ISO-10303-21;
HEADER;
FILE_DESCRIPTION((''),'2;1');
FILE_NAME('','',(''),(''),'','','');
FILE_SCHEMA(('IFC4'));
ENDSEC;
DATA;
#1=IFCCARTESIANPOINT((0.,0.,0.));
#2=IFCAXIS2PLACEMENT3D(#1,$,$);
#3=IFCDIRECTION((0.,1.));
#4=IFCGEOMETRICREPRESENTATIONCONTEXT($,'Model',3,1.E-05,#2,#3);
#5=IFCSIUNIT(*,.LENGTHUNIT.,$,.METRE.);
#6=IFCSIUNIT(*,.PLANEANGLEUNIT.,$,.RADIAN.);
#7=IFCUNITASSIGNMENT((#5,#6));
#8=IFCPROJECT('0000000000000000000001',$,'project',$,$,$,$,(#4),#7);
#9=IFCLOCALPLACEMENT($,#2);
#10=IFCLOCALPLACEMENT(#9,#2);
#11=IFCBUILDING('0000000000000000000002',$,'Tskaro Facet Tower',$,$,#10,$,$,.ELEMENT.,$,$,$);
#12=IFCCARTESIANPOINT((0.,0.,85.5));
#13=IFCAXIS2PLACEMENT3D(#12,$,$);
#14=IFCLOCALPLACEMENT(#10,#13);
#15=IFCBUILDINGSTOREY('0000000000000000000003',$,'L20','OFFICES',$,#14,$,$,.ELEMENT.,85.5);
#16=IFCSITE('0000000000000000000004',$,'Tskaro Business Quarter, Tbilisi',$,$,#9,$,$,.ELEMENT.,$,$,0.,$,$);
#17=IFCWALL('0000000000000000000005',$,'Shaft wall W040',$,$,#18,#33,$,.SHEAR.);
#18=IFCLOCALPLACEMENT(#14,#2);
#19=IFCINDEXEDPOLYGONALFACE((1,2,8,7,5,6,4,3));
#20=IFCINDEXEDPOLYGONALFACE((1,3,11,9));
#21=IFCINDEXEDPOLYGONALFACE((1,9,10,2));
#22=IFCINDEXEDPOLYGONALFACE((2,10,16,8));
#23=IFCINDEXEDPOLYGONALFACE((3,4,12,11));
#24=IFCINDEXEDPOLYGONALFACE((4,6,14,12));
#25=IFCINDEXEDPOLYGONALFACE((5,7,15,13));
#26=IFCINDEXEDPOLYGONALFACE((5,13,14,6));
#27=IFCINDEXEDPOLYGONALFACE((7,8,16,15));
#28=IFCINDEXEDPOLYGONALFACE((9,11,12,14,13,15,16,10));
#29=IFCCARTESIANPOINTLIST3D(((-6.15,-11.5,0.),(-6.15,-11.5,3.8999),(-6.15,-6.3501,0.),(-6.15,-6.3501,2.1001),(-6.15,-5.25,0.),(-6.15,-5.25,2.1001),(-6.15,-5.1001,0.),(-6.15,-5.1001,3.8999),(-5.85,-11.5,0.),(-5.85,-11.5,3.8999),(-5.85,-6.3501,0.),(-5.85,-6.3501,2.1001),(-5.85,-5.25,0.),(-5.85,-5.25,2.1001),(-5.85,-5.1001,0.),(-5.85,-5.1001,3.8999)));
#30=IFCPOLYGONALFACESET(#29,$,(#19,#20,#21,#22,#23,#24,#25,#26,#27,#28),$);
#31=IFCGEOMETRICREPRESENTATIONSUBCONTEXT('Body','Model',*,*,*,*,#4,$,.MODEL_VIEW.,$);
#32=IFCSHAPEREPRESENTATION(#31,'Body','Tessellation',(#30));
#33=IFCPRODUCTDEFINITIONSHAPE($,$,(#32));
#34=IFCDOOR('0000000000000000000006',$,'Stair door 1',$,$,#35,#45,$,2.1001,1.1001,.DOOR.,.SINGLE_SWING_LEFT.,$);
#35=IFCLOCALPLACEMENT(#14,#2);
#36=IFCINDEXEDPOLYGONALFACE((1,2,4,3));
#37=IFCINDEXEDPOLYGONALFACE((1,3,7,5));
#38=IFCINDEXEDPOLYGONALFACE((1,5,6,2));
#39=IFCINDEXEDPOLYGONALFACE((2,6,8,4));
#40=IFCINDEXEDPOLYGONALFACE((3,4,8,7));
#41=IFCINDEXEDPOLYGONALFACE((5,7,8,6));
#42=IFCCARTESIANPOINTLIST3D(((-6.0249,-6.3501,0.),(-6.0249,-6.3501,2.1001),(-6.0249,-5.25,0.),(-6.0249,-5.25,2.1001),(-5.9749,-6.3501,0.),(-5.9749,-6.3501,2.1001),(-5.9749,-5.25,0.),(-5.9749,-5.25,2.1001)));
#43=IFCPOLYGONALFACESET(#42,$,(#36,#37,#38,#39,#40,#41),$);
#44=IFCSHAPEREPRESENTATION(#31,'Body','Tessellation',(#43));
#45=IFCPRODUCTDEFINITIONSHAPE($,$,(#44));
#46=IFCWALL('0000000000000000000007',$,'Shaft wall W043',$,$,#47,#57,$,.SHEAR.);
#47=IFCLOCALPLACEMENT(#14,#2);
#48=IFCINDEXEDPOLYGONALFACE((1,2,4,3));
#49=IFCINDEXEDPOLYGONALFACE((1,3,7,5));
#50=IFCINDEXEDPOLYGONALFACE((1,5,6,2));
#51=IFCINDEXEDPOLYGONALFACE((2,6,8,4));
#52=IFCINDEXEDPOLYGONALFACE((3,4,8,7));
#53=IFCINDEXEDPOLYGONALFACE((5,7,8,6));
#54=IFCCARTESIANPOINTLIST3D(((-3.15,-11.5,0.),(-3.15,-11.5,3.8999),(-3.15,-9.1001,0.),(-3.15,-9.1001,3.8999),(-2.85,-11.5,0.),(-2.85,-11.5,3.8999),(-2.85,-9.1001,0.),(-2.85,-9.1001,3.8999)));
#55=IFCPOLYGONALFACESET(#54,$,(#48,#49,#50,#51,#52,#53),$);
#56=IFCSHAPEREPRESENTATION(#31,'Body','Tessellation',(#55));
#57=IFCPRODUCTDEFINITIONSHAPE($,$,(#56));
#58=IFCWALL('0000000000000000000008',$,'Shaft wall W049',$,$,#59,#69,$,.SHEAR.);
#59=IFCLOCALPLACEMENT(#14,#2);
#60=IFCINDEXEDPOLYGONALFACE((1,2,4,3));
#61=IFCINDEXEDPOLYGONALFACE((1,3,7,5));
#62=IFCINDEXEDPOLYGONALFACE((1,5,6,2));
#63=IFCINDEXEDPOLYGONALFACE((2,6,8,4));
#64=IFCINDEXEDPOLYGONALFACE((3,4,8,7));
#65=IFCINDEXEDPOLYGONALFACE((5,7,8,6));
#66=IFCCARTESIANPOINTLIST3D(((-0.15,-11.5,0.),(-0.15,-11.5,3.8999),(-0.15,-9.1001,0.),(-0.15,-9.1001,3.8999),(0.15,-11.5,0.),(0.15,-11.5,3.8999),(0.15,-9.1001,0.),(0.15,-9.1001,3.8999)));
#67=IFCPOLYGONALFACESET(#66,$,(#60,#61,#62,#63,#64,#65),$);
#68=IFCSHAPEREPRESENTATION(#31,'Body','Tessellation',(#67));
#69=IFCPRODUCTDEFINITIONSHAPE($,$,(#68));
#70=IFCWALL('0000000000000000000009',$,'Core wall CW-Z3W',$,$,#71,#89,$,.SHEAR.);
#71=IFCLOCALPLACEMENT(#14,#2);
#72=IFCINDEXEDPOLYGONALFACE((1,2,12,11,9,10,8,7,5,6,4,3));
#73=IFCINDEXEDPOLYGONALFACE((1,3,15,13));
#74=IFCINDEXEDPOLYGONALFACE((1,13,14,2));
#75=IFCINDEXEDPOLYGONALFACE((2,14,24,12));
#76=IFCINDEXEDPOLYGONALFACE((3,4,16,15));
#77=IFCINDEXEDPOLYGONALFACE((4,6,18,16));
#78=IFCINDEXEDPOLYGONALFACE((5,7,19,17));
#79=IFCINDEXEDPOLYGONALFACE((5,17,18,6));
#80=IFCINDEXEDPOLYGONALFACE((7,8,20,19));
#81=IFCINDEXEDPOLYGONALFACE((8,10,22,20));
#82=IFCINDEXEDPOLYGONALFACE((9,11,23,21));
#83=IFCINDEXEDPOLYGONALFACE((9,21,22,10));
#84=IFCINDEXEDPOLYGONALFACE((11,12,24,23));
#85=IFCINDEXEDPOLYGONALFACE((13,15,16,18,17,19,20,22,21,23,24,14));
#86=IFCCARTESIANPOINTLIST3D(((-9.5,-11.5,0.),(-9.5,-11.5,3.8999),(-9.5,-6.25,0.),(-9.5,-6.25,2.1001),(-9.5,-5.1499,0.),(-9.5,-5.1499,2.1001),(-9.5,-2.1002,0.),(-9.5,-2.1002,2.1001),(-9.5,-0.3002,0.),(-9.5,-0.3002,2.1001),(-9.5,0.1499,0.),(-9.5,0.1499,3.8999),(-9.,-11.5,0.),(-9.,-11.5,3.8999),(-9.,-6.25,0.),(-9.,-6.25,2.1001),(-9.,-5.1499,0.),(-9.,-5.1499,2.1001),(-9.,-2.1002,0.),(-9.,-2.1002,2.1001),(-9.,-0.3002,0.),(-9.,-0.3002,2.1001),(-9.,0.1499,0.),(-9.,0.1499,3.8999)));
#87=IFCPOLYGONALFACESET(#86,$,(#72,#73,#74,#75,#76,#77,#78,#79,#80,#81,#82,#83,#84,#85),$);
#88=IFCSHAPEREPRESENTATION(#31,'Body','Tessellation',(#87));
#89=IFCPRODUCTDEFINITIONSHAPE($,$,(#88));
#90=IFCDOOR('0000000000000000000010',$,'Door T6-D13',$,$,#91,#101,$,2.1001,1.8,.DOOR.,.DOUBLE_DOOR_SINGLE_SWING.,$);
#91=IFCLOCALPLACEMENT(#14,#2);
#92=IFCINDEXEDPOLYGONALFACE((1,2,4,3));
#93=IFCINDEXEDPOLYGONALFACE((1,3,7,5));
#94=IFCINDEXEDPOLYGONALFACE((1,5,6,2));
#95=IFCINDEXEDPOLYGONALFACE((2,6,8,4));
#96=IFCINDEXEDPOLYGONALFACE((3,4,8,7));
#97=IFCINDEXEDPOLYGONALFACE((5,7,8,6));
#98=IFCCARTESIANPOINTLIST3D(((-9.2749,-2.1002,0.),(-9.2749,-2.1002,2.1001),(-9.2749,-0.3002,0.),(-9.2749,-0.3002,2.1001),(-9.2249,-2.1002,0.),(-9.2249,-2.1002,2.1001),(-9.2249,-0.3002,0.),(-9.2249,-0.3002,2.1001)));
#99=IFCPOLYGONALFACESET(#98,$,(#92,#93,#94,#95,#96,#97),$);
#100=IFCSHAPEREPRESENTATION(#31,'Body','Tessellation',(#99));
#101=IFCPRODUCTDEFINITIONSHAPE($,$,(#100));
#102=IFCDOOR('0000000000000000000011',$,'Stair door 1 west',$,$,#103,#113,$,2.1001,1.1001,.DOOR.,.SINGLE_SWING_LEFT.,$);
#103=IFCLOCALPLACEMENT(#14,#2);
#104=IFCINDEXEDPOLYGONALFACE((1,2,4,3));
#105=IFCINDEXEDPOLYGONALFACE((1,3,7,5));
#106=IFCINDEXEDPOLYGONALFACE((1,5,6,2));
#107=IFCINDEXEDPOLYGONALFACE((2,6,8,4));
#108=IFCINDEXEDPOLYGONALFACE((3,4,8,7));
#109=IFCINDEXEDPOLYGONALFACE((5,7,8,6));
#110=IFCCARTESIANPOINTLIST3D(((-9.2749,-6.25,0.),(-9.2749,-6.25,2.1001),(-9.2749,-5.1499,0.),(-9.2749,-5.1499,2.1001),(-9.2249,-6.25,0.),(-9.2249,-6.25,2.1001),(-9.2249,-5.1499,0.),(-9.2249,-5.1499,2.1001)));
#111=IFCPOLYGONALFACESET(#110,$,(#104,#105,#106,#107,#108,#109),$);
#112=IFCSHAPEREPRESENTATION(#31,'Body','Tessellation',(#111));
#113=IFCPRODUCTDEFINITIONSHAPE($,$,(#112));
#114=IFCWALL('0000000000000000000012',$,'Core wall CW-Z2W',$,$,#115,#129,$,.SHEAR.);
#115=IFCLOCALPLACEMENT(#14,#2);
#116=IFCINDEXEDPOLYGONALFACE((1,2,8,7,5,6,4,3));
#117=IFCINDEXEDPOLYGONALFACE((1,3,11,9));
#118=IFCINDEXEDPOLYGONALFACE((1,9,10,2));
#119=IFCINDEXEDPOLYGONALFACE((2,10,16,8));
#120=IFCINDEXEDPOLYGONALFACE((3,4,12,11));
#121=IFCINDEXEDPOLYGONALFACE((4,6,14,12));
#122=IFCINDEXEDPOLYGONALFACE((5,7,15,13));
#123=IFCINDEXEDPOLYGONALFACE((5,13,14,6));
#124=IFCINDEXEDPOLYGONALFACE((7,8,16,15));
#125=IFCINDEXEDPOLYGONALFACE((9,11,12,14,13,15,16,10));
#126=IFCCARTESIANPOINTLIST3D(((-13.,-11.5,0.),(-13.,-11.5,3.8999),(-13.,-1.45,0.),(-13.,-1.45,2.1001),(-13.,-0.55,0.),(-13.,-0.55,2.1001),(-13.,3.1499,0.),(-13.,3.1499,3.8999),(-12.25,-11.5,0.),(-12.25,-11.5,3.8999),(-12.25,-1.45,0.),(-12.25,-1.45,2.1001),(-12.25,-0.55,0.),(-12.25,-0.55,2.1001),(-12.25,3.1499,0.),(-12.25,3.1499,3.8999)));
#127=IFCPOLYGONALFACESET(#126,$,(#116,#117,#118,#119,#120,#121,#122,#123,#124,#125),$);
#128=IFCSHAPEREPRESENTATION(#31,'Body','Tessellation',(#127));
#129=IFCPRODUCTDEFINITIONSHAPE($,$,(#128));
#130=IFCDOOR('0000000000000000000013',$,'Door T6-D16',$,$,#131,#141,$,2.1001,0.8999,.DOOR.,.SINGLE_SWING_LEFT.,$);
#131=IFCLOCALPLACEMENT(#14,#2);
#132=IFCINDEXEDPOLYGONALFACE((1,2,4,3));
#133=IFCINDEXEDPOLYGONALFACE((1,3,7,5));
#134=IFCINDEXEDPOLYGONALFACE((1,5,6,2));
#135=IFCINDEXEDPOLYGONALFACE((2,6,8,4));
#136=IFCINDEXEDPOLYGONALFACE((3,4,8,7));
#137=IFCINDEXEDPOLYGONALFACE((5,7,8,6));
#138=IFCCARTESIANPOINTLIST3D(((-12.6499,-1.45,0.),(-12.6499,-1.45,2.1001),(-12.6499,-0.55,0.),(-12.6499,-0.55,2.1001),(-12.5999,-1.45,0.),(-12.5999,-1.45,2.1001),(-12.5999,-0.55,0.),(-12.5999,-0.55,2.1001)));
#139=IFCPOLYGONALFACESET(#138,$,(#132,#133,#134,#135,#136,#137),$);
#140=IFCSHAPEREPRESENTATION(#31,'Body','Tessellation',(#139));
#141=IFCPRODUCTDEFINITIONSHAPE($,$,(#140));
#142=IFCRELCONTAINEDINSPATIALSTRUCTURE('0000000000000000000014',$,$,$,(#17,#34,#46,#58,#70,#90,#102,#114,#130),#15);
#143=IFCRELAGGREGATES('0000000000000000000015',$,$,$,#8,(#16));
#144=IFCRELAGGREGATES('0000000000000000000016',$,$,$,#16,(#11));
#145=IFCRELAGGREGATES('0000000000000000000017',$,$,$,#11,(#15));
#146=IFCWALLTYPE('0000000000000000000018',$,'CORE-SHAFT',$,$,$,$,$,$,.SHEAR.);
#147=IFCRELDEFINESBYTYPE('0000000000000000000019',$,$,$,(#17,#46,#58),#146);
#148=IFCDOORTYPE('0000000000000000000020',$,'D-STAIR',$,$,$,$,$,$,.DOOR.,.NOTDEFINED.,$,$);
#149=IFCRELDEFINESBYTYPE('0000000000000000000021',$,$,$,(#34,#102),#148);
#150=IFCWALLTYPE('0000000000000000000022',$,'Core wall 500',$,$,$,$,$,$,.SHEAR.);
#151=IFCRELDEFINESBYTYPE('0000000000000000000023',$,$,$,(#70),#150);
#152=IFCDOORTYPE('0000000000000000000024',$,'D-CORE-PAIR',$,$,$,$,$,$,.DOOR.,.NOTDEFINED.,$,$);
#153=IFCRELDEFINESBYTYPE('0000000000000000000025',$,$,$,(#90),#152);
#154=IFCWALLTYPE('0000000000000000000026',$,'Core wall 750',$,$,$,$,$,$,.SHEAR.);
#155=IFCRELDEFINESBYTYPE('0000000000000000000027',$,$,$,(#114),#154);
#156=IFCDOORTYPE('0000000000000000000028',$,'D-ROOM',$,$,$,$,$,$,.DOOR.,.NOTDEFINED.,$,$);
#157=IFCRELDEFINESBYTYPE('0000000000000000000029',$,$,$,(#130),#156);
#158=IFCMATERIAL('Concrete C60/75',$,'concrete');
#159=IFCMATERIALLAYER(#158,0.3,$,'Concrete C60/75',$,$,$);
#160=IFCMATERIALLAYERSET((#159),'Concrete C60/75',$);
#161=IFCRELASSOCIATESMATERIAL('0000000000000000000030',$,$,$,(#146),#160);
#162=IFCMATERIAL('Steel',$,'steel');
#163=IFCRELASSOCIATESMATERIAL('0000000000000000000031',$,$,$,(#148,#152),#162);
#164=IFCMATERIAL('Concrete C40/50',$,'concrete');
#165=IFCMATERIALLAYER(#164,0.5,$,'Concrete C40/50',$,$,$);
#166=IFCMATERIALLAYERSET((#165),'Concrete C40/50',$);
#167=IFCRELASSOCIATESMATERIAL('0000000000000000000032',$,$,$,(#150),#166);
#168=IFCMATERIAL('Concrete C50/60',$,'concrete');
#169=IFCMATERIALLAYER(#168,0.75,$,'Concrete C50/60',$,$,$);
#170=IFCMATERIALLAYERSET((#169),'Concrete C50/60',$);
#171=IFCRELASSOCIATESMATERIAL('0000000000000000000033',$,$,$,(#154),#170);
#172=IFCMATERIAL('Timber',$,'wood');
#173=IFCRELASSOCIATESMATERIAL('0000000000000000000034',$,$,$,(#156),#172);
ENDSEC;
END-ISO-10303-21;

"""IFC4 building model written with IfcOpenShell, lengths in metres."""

from ifc_helpers import new_model, si_unit, direction, frame, frame_2d, origin, place, context, subcontext, project, spatial, rectangle, extrude, material, layer, layer_set, type_object, element, fill, save


model = new_model("IFC4")

# Units and contexts
model_context = context("Model", 3, precision=1e-05, world=origin(), true_north=direction((0.0, 1.0)))
body_context = subcontext(model_context, "Body", "Model", "MODEL_VIEW")
ifc_project = project(units=[si_unit("LENGTHUNIT", "METRE"), si_unit("PLANEANGLEUNIT", "RADIAN")], contexts=[model_context])

# Site, building, storey
site_placement = place(None, origin())
site = spatial("IfcSite", under=ifc_project, at=site_placement, Name="Tskaro Business Quarter, Tbilisi", CompositionType="ELEMENT", RefElevation=0.0)
building_placement = place(site_placement, origin())
building = spatial("IfcBuilding", under=site, at=building_placement, Name="Tskaro Facet Tower", CompositionType="ELEMENT")
storey_placement = place(building_placement, frame((0.0, 0.0, 85.5)))
storey = spatial("IfcBuildingStorey", under=building, at=storey_placement, Name="L20", Description="OFFICES", CompositionType="ELEMENT", Elevation=85.5)

# Shared definitions
ifc_material_1 = material(Name="Concrete C60/75", Category="concrete")
ifc_layer_1 = layer(ifc_material_1, 0.3, Name="Concrete C60/75")
ifc_layer_set_1 = layer_set([ifc_layer_1], Name="Concrete C60/75")
wall_type_1 = type_object("IfcWallType", Name="CORE-SHAFT", PredefinedType="SHEAR", material=ifc_layer_set_1)

# Wall, opening, door
wall_1_placement = place(storey_placement, frame((-6.0, -11.5, 0.0), z_axis=(0.0, 0.0, 1.0), x_axis=(0.0, 1.0, 0.0)))
wall_1 = element("IfcWall", 1, at=wall_1_placement, inside=storey, type_object=wall_type_1, Name="Shaft wall W040", PredefinedType="SHEAR", context=body_context, shape_type="SweptSolid", body=[
    extrude(rectangle(XDim=6.3999, YDim=0.3, at=frame_2d((3.2, 0.0))), origin(), (0.0, 0.0, 1.0), 3.8999),
])
opening_1_placement = place(wall_1_placement, frame((5.1499, 0.0, 0.0)))
opening_1 = element("IfcOpeningElement", 2, at=opening_1_placement, cuts=wall_1, PredefinedType="OPENING", context=body_context, shape_type="SweptSolid", body=[
    extrude(rectangle(XDim=1.1001, YDim=2.1001, at=frame_2d((0.55, 1.05))), frame((0.0, 0.1599, 0.0), z_axis=(0.0, -1.0, 0.0), x_axis=(1.0, 0.0, 0.0)), (0.0, 0.0, 1.0), 0.3201),
])
ifc_material_2 = material(Name="Steel", Category="steel")
door_type_1 = type_object("IfcDoorType", Name="D-STAIR", OperationType="NOTDEFINED", PredefinedType="DOOR", material=ifc_material_2)
door_1_placement = place(opening_1_placement, origin())
door_1 = element("IfcDoor", 3, at=door_1_placement, inside=storey, type_object=door_type_1, Name="Stair door 1", OperationType="SINGLE_SWING_LEFT", OverallHeight=2.1001, OverallWidth=1.1001, PredefinedType="DOOR", context=body_context, shape_type="SweptSolid", body=[
    extrude(rectangle(XDim=1.1001, YDim=2.1001, at=frame_2d((0.55, 1.05))), frame((0.0, 0.0249, 0.0), z_axis=(0.0, -1.0, 0.0), x_axis=(1.0, 0.0, 0.0)), (0.0, 0.0, 1.0), 0.05),
])
fill(opening_1, door_1)

# Walls
for number, where, z_axis, x_axis, name in (
    (4, (-3.0, -11.5, 0.0), (0.0, 0.0, 1.0), (0.0, 1.0, 0.0), "Shaft wall W043"),
    (5, (0.0, -11.5, 0.0), (0.0, 0.0, 1.0), (0.0, 1.0, 0.0), "Shaft wall W049"),
):
    element("IfcWall", number, at=place(storey_placement, frame(where, z_axis=z_axis, x_axis=x_axis)), inside=storey, type_object=wall_type_1, Name=name, PredefinedType="SHEAR", context=body_context, shape_type="SweptSolid", body=[
        extrude(rectangle(XDim=2.3999, YDim=0.3, at=frame_2d((1.2, 0.0))), origin(), (0.0, 0.0, 1.0), 3.8999),
    ])

# Wall, openings, doors
ifc_material_3 = material(Name="Concrete C40/50", Category="concrete")
ifc_layer_2 = layer(ifc_material_3, 0.5, Name="Concrete C40/50")
ifc_layer_set_2 = layer_set([ifc_layer_2], Name="Concrete C40/50")
wall_type_2 = type_object("IfcWallType", Name="Core wall 500", PredefinedType="SHEAR", material=ifc_layer_set_2)
wall_2_placement = place(storey_placement, frame((-9.25, -11.5, 0.0), z_axis=(0.0, 0.0, 1.0), x_axis=(0.0, 1.0, 0.0)))
wall_2 = element("IfcWall", 6, at=wall_2_placement, inside=storey, type_object=wall_type_2, Name="Core wall CW-Z3W", PredefinedType="SHEAR", context=body_context, shape_type="SweptSolid", body=[
    extrude(rectangle(XDim=11.6499, YDim=0.5, at=frame_2d((5.825, 0.0))), origin(), (0.0, 0.0, 1.0), 3.8999),
])
opening_2_placement = place(wall_2_placement, frame((9.3999, 0.0, 0.0)))
opening_2 = element("IfcOpeningElement", 7, at=opening_2_placement, cuts=wall_2, PredefinedType="OPENING", context=body_context, shape_type="SweptSolid", body=[
    extrude(rectangle(XDim=1.8, YDim=2.1001, at=frame_2d((0.8999, 1.05))), frame((0.0, 0.26, 0.0), z_axis=(0.0, -1.0, 0.0), x_axis=(1.0, 0.0, 0.0)), (0.0, 0.0, 1.0), 0.52),
])
opening_3_placement = place(wall_2_placement, frame((5.25, 0.0, 0.0)))
opening_3 = element("IfcOpeningElement", 8, at=opening_3_placement, cuts=wall_2, PredefinedType="OPENING", context=body_context, shape_type="SweptSolid", body=[
    extrude(rectangle(XDim=1.1001, YDim=2.1001, at=frame_2d((0.55, 1.05))), frame((0.0, 0.26, 0.0), z_axis=(0.0, -1.0, 0.0), x_axis=(1.0, 0.0, 0.0)), (0.0, 0.0, 1.0), 0.52),
])
door_type_2 = type_object("IfcDoorType", Name="D-CORE-PAIR", OperationType="NOTDEFINED", PredefinedType="DOOR", material=ifc_material_2)
door_2_placement = place(opening_2_placement, origin())
door_2 = element("IfcDoor", 9, at=door_2_placement, inside=storey, type_object=door_type_2, Name="Door T6-D13", OperationType="DOUBLE_DOOR_SINGLE_SWING", OverallHeight=2.1001, OverallWidth=1.8, PredefinedType="DOOR", context=body_context, shape_type="SweptSolid", body=[
    extrude(rectangle(XDim=1.8, YDim=2.1001, at=frame_2d((0.8999, 1.05))), frame((0.0, 0.0249, 0.0), z_axis=(0.0, -1.0, 0.0), x_axis=(1.0, 0.0, 0.0)), (0.0, 0.0, 1.0), 0.05),
])
fill(opening_2, door_2)
door_3_placement = place(opening_3_placement, origin())
door_3 = element("IfcDoor", 10, at=door_3_placement, inside=storey, type_object=door_type_1, Name="Stair door 1 west", OperationType="SINGLE_SWING_LEFT", OverallHeight=2.1001, OverallWidth=1.1001, PredefinedType="DOOR", context=body_context, shape_type="SweptSolid", body=[
    extrude(rectangle(XDim=1.1001, YDim=2.1001, at=frame_2d((0.55, 1.05))), frame((0.0, 0.0249, 0.0), z_axis=(0.0, -1.0, 0.0), x_axis=(1.0, 0.0, 0.0)), (0.0, 0.0, 1.0), 0.05),
])
fill(opening_3, door_3)

# Wall, opening, door
ifc_material_4 = material(Name="Concrete C50/60", Category="concrete")
ifc_layer_3 = layer(ifc_material_4, 0.75, Name="Concrete C50/60")
ifc_layer_set_3 = layer_set([ifc_layer_3], Name="Concrete C50/60")
wall_type_3 = type_object("IfcWallType", Name="Core wall 750", PredefinedType="SHEAR", material=ifc_layer_set_3)
wall_3_placement = place(storey_placement, frame((-12.625, -11.5, 0.0), z_axis=(0.0, 0.0, 1.0), x_axis=(0.0, 1.0, 0.0)))
wall_3 = element("IfcWall", 11, at=wall_3_placement, inside=storey, type_object=wall_type_3, Name="Core wall CW-Z2W", PredefinedType="SHEAR", context=body_context, shape_type="SweptSolid", body=[
    extrude(rectangle(XDim=14.6499, YDim=0.75, at=frame_2d((7.325, 0.0))), origin(), (0.0, 0.0, 1.0), 3.8999),
])
opening_4_placement = place(wall_3_placement, frame((10.05, 0.0, 0.0)))
opening_4 = element("IfcOpeningElement", 12, at=opening_4_placement, cuts=wall_3, PredefinedType="OPENING", context=body_context, shape_type="SweptSolid", body=[
    extrude(rectangle(XDim=0.8999, YDim=2.1001, at=frame_2d((0.45, 1.05))), frame((0.0, 0.385, 0.0), z_axis=(0.0, -1.0, 0.0), x_axis=(1.0, 0.0, 0.0)), (0.0, 0.0, 1.0), 0.77),
])
ifc_material_5 = material(Name="Timber", Category="wood")
door_type_3 = type_object("IfcDoorType", Name="D-ROOM", OperationType="NOTDEFINED", PredefinedType="DOOR", material=ifc_material_5)
door_4_placement = place(opening_4_placement, origin())
door_4 = element("IfcDoor", 13, at=door_4_placement, inside=storey, type_object=door_type_3, Name="Door T6-D16", OperationType="SINGLE_SWING_LEFT", OverallHeight=2.1001, OverallWidth=0.8999, PredefinedType="DOOR", context=body_context, shape_type="SweptSolid", body=[
    extrude(rectangle(XDim=0.8999, YDim=2.1001, at=frame_2d((0.45, 1.05))), frame((0.0, 0.0249, 0.0), z_axis=(0.0, -1.0, 0.0), x_axis=(1.0, 0.0, 0.0)), (0.0, 0.0, 1.0), 0.05),
])
fill(opening_4, door_4)

save(model, "model.ifc")
